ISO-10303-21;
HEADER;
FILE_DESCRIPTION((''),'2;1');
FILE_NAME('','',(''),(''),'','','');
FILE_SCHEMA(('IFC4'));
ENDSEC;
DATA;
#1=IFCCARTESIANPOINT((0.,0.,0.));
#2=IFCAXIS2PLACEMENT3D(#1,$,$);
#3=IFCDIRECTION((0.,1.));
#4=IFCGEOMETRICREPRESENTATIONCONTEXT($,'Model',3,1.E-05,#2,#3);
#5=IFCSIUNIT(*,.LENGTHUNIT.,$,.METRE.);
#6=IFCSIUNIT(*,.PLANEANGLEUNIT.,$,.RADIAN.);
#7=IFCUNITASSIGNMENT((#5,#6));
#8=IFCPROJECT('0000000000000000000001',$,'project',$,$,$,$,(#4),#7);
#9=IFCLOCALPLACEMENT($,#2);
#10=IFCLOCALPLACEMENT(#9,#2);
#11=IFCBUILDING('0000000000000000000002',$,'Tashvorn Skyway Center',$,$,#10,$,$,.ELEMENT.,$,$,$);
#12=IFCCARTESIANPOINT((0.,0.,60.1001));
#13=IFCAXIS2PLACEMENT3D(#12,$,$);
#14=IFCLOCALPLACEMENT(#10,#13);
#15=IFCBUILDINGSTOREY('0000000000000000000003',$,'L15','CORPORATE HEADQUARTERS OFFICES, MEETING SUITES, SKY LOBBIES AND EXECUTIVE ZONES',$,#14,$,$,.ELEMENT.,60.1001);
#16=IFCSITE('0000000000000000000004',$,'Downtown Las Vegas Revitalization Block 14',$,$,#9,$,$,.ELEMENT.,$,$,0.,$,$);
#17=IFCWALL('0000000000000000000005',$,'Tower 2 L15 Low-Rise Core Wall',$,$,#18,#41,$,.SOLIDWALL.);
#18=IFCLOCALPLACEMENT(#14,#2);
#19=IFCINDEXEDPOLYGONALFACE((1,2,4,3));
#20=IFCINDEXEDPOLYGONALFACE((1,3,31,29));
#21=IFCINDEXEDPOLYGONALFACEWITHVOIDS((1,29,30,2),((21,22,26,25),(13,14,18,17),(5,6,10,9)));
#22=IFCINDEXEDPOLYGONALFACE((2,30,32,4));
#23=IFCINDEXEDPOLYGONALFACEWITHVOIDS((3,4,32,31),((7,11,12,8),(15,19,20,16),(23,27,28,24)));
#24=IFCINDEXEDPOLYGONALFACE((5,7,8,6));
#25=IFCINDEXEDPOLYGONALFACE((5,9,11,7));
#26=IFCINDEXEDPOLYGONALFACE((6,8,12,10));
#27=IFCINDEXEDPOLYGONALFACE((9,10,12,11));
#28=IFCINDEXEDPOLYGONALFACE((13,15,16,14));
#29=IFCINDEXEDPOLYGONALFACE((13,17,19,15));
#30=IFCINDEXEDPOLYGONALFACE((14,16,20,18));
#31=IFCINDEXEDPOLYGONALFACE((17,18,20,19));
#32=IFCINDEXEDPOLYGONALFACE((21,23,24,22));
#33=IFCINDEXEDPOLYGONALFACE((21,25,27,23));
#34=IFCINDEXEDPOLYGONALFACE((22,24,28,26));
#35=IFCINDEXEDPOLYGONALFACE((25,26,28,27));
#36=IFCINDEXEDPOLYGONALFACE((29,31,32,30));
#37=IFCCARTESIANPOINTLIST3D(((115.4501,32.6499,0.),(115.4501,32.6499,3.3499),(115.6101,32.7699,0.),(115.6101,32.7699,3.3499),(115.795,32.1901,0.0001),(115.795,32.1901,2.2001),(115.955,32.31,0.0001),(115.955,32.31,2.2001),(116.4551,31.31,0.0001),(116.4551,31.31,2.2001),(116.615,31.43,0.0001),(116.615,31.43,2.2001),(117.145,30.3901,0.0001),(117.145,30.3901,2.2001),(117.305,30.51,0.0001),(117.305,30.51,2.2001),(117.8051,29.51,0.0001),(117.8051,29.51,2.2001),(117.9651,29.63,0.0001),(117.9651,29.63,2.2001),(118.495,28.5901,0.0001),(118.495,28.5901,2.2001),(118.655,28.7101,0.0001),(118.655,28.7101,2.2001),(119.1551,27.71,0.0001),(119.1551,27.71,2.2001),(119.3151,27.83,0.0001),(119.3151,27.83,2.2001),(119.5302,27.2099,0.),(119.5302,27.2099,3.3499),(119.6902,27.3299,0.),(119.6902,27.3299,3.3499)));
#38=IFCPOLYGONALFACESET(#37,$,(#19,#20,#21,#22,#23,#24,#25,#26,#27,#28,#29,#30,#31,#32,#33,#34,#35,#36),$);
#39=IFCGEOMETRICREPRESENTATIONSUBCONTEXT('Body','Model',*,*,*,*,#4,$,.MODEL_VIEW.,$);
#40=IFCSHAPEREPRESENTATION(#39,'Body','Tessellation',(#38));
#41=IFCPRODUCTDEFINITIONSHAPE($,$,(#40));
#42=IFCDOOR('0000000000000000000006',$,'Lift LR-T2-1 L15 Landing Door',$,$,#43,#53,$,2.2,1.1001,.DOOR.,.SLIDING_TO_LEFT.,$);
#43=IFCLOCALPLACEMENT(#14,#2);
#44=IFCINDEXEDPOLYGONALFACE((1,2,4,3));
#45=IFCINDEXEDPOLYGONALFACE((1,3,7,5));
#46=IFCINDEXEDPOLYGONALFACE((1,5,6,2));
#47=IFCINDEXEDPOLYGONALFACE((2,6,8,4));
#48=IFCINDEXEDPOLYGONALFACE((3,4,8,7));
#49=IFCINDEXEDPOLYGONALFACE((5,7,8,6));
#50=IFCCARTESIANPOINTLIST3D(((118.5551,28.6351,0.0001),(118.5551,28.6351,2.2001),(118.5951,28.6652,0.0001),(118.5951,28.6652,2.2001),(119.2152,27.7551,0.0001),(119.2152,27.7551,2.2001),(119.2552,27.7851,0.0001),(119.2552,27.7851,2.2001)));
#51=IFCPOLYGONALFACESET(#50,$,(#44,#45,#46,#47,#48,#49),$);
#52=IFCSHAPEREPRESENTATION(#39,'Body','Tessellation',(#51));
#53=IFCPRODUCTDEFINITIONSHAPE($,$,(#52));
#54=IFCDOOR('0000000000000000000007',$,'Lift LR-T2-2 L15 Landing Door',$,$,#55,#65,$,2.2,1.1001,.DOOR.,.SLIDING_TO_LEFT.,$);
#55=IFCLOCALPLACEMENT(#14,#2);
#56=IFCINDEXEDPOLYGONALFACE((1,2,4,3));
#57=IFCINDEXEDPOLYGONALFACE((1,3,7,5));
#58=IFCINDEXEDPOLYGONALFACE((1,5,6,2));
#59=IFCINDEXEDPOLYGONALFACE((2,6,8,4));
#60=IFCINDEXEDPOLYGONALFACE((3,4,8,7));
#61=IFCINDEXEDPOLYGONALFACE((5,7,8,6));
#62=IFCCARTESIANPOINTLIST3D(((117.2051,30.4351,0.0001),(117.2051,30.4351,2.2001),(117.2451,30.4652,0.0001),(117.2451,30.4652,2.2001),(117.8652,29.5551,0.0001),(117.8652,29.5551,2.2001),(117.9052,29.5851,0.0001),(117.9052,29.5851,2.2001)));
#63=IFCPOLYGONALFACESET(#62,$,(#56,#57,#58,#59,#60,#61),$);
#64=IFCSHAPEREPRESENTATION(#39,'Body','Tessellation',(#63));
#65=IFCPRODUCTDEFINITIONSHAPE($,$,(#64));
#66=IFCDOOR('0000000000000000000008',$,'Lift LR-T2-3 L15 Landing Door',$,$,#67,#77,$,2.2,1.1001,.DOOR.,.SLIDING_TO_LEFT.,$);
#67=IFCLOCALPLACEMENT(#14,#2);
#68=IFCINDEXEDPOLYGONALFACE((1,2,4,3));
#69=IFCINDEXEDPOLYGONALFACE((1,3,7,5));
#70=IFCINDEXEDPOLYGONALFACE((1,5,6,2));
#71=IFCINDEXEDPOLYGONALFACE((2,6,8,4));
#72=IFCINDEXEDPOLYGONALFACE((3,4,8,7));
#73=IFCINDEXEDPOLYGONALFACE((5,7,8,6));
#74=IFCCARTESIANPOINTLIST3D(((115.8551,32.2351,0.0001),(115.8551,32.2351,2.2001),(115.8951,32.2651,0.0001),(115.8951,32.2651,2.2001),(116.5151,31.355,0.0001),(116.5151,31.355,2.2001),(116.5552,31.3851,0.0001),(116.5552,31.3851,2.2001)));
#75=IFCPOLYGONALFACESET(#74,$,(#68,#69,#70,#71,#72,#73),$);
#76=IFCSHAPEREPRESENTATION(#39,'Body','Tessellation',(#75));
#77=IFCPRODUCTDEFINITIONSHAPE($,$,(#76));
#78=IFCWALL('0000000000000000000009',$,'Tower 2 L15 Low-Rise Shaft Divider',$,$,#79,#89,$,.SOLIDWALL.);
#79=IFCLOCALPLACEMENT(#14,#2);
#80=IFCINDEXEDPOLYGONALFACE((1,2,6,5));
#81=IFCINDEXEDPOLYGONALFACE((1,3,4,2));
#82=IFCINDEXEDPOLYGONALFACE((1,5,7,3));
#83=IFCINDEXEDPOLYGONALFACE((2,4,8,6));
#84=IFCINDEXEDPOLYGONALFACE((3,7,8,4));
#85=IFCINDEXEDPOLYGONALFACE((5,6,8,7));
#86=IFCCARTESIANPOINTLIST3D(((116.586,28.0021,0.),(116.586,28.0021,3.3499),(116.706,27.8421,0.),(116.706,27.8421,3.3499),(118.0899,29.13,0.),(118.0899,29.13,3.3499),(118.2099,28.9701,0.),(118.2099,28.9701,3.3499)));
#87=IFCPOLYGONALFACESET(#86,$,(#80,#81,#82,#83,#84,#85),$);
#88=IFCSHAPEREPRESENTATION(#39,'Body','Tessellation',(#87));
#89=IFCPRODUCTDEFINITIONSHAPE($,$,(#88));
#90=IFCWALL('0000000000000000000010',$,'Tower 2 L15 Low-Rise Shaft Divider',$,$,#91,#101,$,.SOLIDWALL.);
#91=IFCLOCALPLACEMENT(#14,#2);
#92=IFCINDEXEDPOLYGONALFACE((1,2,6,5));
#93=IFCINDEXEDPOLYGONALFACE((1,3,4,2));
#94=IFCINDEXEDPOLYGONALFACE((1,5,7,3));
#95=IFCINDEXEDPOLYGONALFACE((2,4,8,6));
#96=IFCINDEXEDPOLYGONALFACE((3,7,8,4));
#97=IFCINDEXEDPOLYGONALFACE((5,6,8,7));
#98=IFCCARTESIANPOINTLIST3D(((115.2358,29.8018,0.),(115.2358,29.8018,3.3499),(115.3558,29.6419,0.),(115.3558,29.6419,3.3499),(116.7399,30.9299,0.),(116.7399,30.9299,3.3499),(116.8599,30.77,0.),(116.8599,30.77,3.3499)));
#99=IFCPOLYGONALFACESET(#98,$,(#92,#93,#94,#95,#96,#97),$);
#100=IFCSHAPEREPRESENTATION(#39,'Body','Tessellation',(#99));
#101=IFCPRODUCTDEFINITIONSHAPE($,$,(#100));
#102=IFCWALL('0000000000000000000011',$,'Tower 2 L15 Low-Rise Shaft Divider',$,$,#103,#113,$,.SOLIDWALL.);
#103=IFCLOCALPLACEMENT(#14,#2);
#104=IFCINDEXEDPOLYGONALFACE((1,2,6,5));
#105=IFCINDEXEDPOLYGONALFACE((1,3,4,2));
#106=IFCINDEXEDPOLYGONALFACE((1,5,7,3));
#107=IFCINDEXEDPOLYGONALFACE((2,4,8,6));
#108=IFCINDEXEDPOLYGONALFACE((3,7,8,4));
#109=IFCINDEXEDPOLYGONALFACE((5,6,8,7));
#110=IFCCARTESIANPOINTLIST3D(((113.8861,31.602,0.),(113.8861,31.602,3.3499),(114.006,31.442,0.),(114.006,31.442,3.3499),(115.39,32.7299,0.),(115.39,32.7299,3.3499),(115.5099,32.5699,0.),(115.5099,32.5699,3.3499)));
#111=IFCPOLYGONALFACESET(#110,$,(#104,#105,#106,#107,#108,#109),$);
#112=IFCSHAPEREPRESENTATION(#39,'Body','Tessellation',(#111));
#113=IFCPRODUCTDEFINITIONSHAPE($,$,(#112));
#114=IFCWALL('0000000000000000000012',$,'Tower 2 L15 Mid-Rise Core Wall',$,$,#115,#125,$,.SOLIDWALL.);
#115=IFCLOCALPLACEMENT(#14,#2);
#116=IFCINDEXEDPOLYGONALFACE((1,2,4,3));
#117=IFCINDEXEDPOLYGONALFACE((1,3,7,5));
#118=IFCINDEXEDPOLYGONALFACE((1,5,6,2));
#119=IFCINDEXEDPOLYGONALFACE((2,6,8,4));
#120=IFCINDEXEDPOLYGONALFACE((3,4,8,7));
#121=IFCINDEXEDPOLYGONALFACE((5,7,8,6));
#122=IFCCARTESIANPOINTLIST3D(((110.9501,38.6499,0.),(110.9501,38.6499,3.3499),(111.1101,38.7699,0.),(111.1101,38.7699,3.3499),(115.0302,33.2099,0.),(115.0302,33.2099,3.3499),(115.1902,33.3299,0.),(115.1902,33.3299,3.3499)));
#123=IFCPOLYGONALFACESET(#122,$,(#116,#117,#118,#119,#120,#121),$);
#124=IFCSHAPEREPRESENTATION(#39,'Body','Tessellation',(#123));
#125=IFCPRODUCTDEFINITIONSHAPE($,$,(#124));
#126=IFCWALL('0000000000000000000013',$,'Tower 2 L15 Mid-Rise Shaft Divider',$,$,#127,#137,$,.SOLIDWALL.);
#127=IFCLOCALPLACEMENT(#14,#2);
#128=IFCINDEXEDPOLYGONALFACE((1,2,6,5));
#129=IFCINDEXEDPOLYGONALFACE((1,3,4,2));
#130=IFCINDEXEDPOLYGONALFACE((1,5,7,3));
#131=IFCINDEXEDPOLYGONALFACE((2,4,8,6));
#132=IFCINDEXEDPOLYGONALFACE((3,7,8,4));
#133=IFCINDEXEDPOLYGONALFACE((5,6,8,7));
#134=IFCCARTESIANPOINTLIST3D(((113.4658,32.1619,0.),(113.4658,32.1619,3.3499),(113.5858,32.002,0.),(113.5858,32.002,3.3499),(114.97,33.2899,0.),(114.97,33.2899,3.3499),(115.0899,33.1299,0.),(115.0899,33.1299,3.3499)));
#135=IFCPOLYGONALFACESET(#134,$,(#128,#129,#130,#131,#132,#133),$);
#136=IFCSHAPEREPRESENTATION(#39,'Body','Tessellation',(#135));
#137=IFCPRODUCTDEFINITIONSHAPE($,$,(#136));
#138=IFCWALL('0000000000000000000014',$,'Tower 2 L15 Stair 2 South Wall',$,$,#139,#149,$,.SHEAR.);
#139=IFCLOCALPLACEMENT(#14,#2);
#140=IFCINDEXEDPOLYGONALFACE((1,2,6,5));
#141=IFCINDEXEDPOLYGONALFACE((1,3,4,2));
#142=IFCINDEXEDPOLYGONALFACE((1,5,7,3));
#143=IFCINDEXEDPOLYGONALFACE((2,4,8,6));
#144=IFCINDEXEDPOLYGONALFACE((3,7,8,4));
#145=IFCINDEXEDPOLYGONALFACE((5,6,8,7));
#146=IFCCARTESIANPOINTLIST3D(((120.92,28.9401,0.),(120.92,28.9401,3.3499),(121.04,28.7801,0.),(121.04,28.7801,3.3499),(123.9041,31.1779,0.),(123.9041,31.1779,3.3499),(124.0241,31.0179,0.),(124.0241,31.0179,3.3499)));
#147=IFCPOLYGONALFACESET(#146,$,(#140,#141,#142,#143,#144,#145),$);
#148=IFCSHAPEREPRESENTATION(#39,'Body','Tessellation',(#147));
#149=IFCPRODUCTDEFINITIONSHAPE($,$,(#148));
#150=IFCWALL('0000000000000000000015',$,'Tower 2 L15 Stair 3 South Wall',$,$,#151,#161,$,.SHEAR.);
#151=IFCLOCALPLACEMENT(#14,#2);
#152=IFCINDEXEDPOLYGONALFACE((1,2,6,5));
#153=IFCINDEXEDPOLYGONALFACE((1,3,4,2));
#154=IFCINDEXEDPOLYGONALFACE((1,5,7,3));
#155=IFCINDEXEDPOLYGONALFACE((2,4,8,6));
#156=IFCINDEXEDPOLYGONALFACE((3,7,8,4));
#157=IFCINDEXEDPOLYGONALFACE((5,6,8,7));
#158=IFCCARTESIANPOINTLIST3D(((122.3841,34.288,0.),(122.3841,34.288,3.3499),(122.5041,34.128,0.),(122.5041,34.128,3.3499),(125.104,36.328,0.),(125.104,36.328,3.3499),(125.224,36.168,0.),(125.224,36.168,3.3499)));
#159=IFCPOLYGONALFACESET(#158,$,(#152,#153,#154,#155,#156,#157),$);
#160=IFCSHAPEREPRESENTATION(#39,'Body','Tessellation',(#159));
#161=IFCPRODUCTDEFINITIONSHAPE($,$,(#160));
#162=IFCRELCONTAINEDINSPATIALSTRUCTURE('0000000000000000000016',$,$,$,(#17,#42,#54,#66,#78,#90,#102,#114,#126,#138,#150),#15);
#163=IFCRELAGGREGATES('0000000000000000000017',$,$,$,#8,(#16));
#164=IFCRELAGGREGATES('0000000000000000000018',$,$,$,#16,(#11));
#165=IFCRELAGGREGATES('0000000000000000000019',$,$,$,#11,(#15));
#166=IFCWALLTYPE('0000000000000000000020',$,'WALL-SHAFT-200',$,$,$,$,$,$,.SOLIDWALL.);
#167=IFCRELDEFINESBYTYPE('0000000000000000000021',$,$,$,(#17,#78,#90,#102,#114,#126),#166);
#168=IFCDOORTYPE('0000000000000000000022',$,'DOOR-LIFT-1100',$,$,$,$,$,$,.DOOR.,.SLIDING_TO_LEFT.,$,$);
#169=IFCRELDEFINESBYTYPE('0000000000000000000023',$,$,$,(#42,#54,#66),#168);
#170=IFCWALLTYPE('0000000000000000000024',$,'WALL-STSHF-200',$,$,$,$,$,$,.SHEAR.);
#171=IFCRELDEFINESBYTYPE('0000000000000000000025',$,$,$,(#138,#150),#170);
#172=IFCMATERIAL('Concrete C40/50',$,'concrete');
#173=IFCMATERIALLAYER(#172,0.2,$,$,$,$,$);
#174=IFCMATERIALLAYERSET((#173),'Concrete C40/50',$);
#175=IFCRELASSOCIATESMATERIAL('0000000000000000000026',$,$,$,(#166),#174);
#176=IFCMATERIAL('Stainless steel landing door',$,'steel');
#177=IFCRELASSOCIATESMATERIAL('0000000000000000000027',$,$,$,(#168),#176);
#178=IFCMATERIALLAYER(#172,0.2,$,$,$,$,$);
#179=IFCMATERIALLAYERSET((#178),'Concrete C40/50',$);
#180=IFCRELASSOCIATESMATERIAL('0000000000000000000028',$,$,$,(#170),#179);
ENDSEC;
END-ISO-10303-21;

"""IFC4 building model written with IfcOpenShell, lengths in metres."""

from ifc_helpers import new_model, si_unit, direction, frame, frame_2d, origin, place, context, subcontext, project, spatial, rectangle, extrude, material, layer, layer_set, type_object, element, fill, save


model = new_model("IFC4")

# Units and contexts
model_context = context("Model", 3, precision=1e-05, world=origin(), true_north=direction((0.0, 1.0)))
body_context = subcontext(model_context, "Body", "Model", "MODEL_VIEW")
ifc_project = project(units=[si_unit("LENGTHUNIT", "METRE"), si_unit("PLANEANGLEUNIT", "RADIAN")], contexts=[model_context])

# Site, building, storey
site_placement = place(None, origin())
site = spatial("IfcSite", under=ifc_project, at=site_placement, Name="Downtown Las Vegas Revitalization Block 14", CompositionType="ELEMENT", RefElevation=0.0)
building_placement = place(site_placement, origin())
building = spatial("IfcBuilding", under=site, at=building_placement, Name="Tashvorn Skyway Center", CompositionType="ELEMENT")
storey_placement = place(building_placement, frame((0.0, 0.0, 60.1001)))
storey = spatial("IfcBuildingStorey", under=building, at=storey_placement, Name="L15", Description="CORPORATE HEADQUARTERS OFFICES, MEETING SUITES, SKY LOBBIES AND EXECUTIVE ZONES", CompositionType="ELEMENT", Elevation=60.1001)

# Wall, openings, doors
ifc_material_1 = material(Name="Concrete C40/50", Category="concrete")
ifc_layer_1 = layer(ifc_material_1, 0.2)
ifc_layer_set_1 = layer_set([ifc_layer_1], Name="Concrete C40/50")
wall_type_1 = type_object("IfcWallType", Name="WALL-SHAFT-200", PredefinedType="SOLIDWALL", material=ifc_layer_set_1)
wall_1_placement = place(storey_placement, frame((119.6101, 27.27, 0.0), z_axis=(0.0, 0.0, 1.0), x_axis=(-0.600011, 0.799991, 0.0)))
wall_1 = element("IfcWall", 1, at=wall_1_placement, inside=storey, type_object=wall_type_1, Name="Tower 2 L15 Low-Rise Core Wall", PredefinedType="SOLIDWALL", context=body_context, shape_type="SweptSolid", body=[
    extrude(rectangle(XDim=6.8, YDim=0.2, at=frame_2d((3.3999, 0.0))), origin(), (0.0, 0.0, 1.0), 3.3499),
])
opening_1_placement = place(wall_1_placement, frame((0.625, 0.0, 0.0)))
opening_1 = element("IfcOpeningElement", 2, at=opening_1_placement, cuts=wall_1, PredefinedType="OPENING", context=body_context, shape_type="SweptSolid", body=[
    extrude(rectangle(XDim=1.1001, YDim=2.2, at=frame_2d((0.55, 1.1001))), frame((0.0, 0.1099, 0.0), z_axis=(0.0, -1.0, 0.0), x_axis=(1.0, 0.0, 0.0)), (0.0, 0.0, 1.0), 0.22),
])
opening_2_placement = place(wall_1_placement, frame((2.875, 0.0, 0.0)))
opening_2 = element("IfcOpeningElement", 3, at=opening_2_placement, cuts=wall_1, PredefinedType="OPENING", context=body_context, shape_type="SweptSolid", body=[
    extrude(rectangle(XDim=1.1001, YDim=2.2, at=frame_2d((0.55, 1.1001))), frame((0.0, 0.1099, 0.0), z_axis=(0.0, -1.0, 0.0), x_axis=(1.0, 0.0, 0.0)), (0.0, 0.0, 1.0), 0.22),
])
opening_3_placement = place(wall_1_placement, frame((5.125, 0.0, 0.0)))
opening_3 = element("IfcOpeningElement", 4, at=opening_3_placement, cuts=wall_1, PredefinedType="OPENING", context=body_context, shape_type="SweptSolid", body=[
    extrude(rectangle(XDim=1.1001, YDim=2.2, at=frame_2d((0.55, 1.1001))), frame((0.0, 0.1099, 0.0), z_axis=(0.0, -1.0, 0.0), x_axis=(1.0, 0.0, 0.0)), (0.0, 0.0, 1.0), 0.22),
])
ifc_material_2 = material(Name="Stainless steel landing door", Category="steel")
door_type = type_object("IfcDoorType", Name="DOOR-LIFT-1100", OperationType="SLIDING_TO_LEFT", PredefinedType="DOOR", material=ifc_material_2)
door_1_placement = place(opening_1_placement, origin())
door_1 = element("IfcDoor", 5, at=door_1_placement, inside=storey, type_object=door_type, Name="Lift LR-T2-1 L15 Landing Door", OperationType="SLIDING_TO_LEFT", OverallHeight=2.2, OverallWidth=1.1001, PredefinedType="DOOR", context=body_context, shape_type="SweptSolid", body=[
    extrude(rectangle(XDim=1.1001, YDim=2.2, at=frame_2d((0.55, 1.1001))), frame((0.0, 0.0249, 0.0), z_axis=(0.0, -1.0, 0.0), x_axis=(1.0, 0.0, 0.0)), (0.0, 0.0, 1.0), 0.05),
])
fill(opening_1, door_1)
door_2_placement = place(opening_2_placement, origin())
door_2 = element("IfcDoor", 6, at=door_2_placement, inside=storey, type_object=door_type, Name="Lift LR-T2-2 L15 Landing Door", OperationType="SLIDING_TO_LEFT", OverallHeight=2.2, OverallWidth=1.1001, PredefinedType="DOOR", context=body_context, shape_type="SweptSolid", body=[
    extrude(rectangle(XDim=1.1001, YDim=2.2, at=frame_2d((0.55, 1.1001))), frame((0.0, 0.0249, 0.0), z_axis=(0.0, -1.0, 0.0), x_axis=(1.0, 0.0, 0.0)), (0.0, 0.0, 1.0), 0.05),
])
fill(opening_2, door_2)
door_3_placement = place(opening_3_placement, origin())
door_3 = element("IfcDoor", 7, at=door_3_placement, inside=storey, type_object=door_type, Name="Lift LR-T2-3 L15 Landing Door", OperationType="SLIDING_TO_LEFT", OverallHeight=2.2, OverallWidth=1.1001, PredefinedType="DOOR", context=body_context, shape_type="SweptSolid", body=[
    extrude(rectangle(XDim=1.1001, YDim=2.2, at=frame_2d((0.55, 1.1001))), frame((0.0, 0.0249, 0.0), z_axis=(0.0, -1.0, 0.0), x_axis=(1.0, 0.0, 0.0)), (0.0, 0.0, 1.0), 0.05),
])
fill(opening_3, door_3)

# Walls
wall_2_placement = place(storey_placement, frame((116.646, 27.9221, 0.0), z_axis=(0.0, 0.0, 1.0), x_axis=(0.8, 0.6, 0.0)))
element("IfcWall", 8, at=wall_2_placement, inside=storey, type_object=wall_type_1, Name="Tower 2 L15 Low-Rise Shaft Divider", PredefinedType="SOLIDWALL", context=body_context, shape_type="SweptSolid", body=[
    extrude(rectangle(XDim=1.8799, YDim=0.2, at=frame_2d((0.9399, 0.0))), origin(), (0.0, 0.0, 1.0), 3.3499),
])
wall_3_placement = place(storey_placement, frame((115.2959, 29.7219, 0.0), z_axis=(0.0, 0.0, 1.0), x_axis=(0.799984, 0.600021, 0.0)))
element("IfcWall", 9, at=wall_3_placement, inside=storey, type_object=wall_type_1, Name="Tower 2 L15 Low-Rise Shaft Divider", PredefinedType="SOLIDWALL", context=body_context, shape_type="SweptSolid", body=[
    extrude(rectangle(XDim=1.8801, YDim=0.2, at=frame_2d((0.9399, 0.0))), origin(), (0.0, 0.0, 1.0), 3.3499),
])
wall_4_placement = place(storey_placement, frame((113.946, 31.522, 0.0), z_axis=(0.0, 0.0, 1.0), x_axis=(0.8, 0.6, 0.0)))
element("IfcWall", 10, at=wall_4_placement, inside=storey, type_object=wall_type_1, Name="Tower 2 L15 Low-Rise Shaft Divider", PredefinedType="SOLIDWALL", context=body_context, shape_type="SweptSolid", body=[
    extrude(rectangle(XDim=1.8799, YDim=0.2, at=frame_2d((0.9399, 0.0))), origin(), (0.0, 0.0, 1.0), 3.3499),
])
wall_5_placement = place(storey_placement, frame((115.1101, 33.27, 0.0), z_axis=(0.0, 0.0, 1.0), x_axis=(-0.600011, 0.799991, 0.0)))
element("IfcWall", 11, at=wall_5_placement, inside=storey, type_object=wall_type_1, Name="Tower 2 L15 Mid-Rise Core Wall", PredefinedType="SOLIDWALL", context=body_context, shape_type="SweptSolid", body=[
    extrude(rectangle(XDim=6.8, YDim=0.2, at=frame_2d((3.3999, 0.0))), origin(), (0.0, 0.0, 1.0), 3.3499),
])
wall_6_placement = place(storey_placement, frame((113.5259, 32.082, 0.0), z_axis=(0.0, 0.0, 1.0), x_axis=(0.800047, 0.599938, 0.0)))
element("IfcWall", 12, at=wall_6_placement, inside=storey, type_object=wall_type_1, Name="Tower 2 L15 Mid-Rise Shaft Divider", PredefinedType="SOLIDWALL", context=body_context, shape_type="SweptSolid", body=[
    extrude(rectangle(XDim=1.8801, YDim=0.2, at=frame_2d((0.9399, 0.0))), origin(), (0.0, 0.0, 1.0), 3.3499),
])
ifc_layer_2 = layer(ifc_material_1, 0.2)
ifc_layer_set_2 = layer_set([ifc_layer_2], Name="Concrete C40/50")
wall_type_2 = type_object("IfcWallType", Name="WALL-STSHF-200", PredefinedType="SHEAR", material=ifc_layer_set_2)
wall_7_placement = place(storey_placement, frame((120.98, 28.8601, 0.0), z_axis=(0.0, 0.0, 1.0), x_axis=(0.800039, 0.599948, 0.0)))
element("IfcWall", 13, at=wall_7_placement, inside=storey, type_object=wall_type_2, Name="Tower 2 L15 Stair 2 South Wall", PredefinedType="SHEAR", context=body_context, shape_type="SweptSolid", body=[
    extrude(rectangle(XDim=3.73, YDim=0.2, at=frame_2d((1.865, 0.0))), origin(), (0.0, 0.0, 1.0), 3.3499),
])
wall_8_placement = place(storey_placement, frame((122.4441, 34.208, 0.0), z_axis=(0.0, 0.0, 1.0), x_axis=(0.799991, 0.600011, 0.0)))
element("IfcWall", 14, at=wall_8_placement, inside=storey, type_object=wall_type_2, Name="Tower 2 L15 Stair 3 South Wall", PredefinedType="SHEAR", context=body_context, shape_type="SweptSolid", body=[
    extrude(rectangle(XDim=3.3999, YDim=0.2, at=frame_2d((1.7, 0.0))), origin(), (0.0, 0.0, 1.0), 3.3499),
])

save(model, "model.ifc")
